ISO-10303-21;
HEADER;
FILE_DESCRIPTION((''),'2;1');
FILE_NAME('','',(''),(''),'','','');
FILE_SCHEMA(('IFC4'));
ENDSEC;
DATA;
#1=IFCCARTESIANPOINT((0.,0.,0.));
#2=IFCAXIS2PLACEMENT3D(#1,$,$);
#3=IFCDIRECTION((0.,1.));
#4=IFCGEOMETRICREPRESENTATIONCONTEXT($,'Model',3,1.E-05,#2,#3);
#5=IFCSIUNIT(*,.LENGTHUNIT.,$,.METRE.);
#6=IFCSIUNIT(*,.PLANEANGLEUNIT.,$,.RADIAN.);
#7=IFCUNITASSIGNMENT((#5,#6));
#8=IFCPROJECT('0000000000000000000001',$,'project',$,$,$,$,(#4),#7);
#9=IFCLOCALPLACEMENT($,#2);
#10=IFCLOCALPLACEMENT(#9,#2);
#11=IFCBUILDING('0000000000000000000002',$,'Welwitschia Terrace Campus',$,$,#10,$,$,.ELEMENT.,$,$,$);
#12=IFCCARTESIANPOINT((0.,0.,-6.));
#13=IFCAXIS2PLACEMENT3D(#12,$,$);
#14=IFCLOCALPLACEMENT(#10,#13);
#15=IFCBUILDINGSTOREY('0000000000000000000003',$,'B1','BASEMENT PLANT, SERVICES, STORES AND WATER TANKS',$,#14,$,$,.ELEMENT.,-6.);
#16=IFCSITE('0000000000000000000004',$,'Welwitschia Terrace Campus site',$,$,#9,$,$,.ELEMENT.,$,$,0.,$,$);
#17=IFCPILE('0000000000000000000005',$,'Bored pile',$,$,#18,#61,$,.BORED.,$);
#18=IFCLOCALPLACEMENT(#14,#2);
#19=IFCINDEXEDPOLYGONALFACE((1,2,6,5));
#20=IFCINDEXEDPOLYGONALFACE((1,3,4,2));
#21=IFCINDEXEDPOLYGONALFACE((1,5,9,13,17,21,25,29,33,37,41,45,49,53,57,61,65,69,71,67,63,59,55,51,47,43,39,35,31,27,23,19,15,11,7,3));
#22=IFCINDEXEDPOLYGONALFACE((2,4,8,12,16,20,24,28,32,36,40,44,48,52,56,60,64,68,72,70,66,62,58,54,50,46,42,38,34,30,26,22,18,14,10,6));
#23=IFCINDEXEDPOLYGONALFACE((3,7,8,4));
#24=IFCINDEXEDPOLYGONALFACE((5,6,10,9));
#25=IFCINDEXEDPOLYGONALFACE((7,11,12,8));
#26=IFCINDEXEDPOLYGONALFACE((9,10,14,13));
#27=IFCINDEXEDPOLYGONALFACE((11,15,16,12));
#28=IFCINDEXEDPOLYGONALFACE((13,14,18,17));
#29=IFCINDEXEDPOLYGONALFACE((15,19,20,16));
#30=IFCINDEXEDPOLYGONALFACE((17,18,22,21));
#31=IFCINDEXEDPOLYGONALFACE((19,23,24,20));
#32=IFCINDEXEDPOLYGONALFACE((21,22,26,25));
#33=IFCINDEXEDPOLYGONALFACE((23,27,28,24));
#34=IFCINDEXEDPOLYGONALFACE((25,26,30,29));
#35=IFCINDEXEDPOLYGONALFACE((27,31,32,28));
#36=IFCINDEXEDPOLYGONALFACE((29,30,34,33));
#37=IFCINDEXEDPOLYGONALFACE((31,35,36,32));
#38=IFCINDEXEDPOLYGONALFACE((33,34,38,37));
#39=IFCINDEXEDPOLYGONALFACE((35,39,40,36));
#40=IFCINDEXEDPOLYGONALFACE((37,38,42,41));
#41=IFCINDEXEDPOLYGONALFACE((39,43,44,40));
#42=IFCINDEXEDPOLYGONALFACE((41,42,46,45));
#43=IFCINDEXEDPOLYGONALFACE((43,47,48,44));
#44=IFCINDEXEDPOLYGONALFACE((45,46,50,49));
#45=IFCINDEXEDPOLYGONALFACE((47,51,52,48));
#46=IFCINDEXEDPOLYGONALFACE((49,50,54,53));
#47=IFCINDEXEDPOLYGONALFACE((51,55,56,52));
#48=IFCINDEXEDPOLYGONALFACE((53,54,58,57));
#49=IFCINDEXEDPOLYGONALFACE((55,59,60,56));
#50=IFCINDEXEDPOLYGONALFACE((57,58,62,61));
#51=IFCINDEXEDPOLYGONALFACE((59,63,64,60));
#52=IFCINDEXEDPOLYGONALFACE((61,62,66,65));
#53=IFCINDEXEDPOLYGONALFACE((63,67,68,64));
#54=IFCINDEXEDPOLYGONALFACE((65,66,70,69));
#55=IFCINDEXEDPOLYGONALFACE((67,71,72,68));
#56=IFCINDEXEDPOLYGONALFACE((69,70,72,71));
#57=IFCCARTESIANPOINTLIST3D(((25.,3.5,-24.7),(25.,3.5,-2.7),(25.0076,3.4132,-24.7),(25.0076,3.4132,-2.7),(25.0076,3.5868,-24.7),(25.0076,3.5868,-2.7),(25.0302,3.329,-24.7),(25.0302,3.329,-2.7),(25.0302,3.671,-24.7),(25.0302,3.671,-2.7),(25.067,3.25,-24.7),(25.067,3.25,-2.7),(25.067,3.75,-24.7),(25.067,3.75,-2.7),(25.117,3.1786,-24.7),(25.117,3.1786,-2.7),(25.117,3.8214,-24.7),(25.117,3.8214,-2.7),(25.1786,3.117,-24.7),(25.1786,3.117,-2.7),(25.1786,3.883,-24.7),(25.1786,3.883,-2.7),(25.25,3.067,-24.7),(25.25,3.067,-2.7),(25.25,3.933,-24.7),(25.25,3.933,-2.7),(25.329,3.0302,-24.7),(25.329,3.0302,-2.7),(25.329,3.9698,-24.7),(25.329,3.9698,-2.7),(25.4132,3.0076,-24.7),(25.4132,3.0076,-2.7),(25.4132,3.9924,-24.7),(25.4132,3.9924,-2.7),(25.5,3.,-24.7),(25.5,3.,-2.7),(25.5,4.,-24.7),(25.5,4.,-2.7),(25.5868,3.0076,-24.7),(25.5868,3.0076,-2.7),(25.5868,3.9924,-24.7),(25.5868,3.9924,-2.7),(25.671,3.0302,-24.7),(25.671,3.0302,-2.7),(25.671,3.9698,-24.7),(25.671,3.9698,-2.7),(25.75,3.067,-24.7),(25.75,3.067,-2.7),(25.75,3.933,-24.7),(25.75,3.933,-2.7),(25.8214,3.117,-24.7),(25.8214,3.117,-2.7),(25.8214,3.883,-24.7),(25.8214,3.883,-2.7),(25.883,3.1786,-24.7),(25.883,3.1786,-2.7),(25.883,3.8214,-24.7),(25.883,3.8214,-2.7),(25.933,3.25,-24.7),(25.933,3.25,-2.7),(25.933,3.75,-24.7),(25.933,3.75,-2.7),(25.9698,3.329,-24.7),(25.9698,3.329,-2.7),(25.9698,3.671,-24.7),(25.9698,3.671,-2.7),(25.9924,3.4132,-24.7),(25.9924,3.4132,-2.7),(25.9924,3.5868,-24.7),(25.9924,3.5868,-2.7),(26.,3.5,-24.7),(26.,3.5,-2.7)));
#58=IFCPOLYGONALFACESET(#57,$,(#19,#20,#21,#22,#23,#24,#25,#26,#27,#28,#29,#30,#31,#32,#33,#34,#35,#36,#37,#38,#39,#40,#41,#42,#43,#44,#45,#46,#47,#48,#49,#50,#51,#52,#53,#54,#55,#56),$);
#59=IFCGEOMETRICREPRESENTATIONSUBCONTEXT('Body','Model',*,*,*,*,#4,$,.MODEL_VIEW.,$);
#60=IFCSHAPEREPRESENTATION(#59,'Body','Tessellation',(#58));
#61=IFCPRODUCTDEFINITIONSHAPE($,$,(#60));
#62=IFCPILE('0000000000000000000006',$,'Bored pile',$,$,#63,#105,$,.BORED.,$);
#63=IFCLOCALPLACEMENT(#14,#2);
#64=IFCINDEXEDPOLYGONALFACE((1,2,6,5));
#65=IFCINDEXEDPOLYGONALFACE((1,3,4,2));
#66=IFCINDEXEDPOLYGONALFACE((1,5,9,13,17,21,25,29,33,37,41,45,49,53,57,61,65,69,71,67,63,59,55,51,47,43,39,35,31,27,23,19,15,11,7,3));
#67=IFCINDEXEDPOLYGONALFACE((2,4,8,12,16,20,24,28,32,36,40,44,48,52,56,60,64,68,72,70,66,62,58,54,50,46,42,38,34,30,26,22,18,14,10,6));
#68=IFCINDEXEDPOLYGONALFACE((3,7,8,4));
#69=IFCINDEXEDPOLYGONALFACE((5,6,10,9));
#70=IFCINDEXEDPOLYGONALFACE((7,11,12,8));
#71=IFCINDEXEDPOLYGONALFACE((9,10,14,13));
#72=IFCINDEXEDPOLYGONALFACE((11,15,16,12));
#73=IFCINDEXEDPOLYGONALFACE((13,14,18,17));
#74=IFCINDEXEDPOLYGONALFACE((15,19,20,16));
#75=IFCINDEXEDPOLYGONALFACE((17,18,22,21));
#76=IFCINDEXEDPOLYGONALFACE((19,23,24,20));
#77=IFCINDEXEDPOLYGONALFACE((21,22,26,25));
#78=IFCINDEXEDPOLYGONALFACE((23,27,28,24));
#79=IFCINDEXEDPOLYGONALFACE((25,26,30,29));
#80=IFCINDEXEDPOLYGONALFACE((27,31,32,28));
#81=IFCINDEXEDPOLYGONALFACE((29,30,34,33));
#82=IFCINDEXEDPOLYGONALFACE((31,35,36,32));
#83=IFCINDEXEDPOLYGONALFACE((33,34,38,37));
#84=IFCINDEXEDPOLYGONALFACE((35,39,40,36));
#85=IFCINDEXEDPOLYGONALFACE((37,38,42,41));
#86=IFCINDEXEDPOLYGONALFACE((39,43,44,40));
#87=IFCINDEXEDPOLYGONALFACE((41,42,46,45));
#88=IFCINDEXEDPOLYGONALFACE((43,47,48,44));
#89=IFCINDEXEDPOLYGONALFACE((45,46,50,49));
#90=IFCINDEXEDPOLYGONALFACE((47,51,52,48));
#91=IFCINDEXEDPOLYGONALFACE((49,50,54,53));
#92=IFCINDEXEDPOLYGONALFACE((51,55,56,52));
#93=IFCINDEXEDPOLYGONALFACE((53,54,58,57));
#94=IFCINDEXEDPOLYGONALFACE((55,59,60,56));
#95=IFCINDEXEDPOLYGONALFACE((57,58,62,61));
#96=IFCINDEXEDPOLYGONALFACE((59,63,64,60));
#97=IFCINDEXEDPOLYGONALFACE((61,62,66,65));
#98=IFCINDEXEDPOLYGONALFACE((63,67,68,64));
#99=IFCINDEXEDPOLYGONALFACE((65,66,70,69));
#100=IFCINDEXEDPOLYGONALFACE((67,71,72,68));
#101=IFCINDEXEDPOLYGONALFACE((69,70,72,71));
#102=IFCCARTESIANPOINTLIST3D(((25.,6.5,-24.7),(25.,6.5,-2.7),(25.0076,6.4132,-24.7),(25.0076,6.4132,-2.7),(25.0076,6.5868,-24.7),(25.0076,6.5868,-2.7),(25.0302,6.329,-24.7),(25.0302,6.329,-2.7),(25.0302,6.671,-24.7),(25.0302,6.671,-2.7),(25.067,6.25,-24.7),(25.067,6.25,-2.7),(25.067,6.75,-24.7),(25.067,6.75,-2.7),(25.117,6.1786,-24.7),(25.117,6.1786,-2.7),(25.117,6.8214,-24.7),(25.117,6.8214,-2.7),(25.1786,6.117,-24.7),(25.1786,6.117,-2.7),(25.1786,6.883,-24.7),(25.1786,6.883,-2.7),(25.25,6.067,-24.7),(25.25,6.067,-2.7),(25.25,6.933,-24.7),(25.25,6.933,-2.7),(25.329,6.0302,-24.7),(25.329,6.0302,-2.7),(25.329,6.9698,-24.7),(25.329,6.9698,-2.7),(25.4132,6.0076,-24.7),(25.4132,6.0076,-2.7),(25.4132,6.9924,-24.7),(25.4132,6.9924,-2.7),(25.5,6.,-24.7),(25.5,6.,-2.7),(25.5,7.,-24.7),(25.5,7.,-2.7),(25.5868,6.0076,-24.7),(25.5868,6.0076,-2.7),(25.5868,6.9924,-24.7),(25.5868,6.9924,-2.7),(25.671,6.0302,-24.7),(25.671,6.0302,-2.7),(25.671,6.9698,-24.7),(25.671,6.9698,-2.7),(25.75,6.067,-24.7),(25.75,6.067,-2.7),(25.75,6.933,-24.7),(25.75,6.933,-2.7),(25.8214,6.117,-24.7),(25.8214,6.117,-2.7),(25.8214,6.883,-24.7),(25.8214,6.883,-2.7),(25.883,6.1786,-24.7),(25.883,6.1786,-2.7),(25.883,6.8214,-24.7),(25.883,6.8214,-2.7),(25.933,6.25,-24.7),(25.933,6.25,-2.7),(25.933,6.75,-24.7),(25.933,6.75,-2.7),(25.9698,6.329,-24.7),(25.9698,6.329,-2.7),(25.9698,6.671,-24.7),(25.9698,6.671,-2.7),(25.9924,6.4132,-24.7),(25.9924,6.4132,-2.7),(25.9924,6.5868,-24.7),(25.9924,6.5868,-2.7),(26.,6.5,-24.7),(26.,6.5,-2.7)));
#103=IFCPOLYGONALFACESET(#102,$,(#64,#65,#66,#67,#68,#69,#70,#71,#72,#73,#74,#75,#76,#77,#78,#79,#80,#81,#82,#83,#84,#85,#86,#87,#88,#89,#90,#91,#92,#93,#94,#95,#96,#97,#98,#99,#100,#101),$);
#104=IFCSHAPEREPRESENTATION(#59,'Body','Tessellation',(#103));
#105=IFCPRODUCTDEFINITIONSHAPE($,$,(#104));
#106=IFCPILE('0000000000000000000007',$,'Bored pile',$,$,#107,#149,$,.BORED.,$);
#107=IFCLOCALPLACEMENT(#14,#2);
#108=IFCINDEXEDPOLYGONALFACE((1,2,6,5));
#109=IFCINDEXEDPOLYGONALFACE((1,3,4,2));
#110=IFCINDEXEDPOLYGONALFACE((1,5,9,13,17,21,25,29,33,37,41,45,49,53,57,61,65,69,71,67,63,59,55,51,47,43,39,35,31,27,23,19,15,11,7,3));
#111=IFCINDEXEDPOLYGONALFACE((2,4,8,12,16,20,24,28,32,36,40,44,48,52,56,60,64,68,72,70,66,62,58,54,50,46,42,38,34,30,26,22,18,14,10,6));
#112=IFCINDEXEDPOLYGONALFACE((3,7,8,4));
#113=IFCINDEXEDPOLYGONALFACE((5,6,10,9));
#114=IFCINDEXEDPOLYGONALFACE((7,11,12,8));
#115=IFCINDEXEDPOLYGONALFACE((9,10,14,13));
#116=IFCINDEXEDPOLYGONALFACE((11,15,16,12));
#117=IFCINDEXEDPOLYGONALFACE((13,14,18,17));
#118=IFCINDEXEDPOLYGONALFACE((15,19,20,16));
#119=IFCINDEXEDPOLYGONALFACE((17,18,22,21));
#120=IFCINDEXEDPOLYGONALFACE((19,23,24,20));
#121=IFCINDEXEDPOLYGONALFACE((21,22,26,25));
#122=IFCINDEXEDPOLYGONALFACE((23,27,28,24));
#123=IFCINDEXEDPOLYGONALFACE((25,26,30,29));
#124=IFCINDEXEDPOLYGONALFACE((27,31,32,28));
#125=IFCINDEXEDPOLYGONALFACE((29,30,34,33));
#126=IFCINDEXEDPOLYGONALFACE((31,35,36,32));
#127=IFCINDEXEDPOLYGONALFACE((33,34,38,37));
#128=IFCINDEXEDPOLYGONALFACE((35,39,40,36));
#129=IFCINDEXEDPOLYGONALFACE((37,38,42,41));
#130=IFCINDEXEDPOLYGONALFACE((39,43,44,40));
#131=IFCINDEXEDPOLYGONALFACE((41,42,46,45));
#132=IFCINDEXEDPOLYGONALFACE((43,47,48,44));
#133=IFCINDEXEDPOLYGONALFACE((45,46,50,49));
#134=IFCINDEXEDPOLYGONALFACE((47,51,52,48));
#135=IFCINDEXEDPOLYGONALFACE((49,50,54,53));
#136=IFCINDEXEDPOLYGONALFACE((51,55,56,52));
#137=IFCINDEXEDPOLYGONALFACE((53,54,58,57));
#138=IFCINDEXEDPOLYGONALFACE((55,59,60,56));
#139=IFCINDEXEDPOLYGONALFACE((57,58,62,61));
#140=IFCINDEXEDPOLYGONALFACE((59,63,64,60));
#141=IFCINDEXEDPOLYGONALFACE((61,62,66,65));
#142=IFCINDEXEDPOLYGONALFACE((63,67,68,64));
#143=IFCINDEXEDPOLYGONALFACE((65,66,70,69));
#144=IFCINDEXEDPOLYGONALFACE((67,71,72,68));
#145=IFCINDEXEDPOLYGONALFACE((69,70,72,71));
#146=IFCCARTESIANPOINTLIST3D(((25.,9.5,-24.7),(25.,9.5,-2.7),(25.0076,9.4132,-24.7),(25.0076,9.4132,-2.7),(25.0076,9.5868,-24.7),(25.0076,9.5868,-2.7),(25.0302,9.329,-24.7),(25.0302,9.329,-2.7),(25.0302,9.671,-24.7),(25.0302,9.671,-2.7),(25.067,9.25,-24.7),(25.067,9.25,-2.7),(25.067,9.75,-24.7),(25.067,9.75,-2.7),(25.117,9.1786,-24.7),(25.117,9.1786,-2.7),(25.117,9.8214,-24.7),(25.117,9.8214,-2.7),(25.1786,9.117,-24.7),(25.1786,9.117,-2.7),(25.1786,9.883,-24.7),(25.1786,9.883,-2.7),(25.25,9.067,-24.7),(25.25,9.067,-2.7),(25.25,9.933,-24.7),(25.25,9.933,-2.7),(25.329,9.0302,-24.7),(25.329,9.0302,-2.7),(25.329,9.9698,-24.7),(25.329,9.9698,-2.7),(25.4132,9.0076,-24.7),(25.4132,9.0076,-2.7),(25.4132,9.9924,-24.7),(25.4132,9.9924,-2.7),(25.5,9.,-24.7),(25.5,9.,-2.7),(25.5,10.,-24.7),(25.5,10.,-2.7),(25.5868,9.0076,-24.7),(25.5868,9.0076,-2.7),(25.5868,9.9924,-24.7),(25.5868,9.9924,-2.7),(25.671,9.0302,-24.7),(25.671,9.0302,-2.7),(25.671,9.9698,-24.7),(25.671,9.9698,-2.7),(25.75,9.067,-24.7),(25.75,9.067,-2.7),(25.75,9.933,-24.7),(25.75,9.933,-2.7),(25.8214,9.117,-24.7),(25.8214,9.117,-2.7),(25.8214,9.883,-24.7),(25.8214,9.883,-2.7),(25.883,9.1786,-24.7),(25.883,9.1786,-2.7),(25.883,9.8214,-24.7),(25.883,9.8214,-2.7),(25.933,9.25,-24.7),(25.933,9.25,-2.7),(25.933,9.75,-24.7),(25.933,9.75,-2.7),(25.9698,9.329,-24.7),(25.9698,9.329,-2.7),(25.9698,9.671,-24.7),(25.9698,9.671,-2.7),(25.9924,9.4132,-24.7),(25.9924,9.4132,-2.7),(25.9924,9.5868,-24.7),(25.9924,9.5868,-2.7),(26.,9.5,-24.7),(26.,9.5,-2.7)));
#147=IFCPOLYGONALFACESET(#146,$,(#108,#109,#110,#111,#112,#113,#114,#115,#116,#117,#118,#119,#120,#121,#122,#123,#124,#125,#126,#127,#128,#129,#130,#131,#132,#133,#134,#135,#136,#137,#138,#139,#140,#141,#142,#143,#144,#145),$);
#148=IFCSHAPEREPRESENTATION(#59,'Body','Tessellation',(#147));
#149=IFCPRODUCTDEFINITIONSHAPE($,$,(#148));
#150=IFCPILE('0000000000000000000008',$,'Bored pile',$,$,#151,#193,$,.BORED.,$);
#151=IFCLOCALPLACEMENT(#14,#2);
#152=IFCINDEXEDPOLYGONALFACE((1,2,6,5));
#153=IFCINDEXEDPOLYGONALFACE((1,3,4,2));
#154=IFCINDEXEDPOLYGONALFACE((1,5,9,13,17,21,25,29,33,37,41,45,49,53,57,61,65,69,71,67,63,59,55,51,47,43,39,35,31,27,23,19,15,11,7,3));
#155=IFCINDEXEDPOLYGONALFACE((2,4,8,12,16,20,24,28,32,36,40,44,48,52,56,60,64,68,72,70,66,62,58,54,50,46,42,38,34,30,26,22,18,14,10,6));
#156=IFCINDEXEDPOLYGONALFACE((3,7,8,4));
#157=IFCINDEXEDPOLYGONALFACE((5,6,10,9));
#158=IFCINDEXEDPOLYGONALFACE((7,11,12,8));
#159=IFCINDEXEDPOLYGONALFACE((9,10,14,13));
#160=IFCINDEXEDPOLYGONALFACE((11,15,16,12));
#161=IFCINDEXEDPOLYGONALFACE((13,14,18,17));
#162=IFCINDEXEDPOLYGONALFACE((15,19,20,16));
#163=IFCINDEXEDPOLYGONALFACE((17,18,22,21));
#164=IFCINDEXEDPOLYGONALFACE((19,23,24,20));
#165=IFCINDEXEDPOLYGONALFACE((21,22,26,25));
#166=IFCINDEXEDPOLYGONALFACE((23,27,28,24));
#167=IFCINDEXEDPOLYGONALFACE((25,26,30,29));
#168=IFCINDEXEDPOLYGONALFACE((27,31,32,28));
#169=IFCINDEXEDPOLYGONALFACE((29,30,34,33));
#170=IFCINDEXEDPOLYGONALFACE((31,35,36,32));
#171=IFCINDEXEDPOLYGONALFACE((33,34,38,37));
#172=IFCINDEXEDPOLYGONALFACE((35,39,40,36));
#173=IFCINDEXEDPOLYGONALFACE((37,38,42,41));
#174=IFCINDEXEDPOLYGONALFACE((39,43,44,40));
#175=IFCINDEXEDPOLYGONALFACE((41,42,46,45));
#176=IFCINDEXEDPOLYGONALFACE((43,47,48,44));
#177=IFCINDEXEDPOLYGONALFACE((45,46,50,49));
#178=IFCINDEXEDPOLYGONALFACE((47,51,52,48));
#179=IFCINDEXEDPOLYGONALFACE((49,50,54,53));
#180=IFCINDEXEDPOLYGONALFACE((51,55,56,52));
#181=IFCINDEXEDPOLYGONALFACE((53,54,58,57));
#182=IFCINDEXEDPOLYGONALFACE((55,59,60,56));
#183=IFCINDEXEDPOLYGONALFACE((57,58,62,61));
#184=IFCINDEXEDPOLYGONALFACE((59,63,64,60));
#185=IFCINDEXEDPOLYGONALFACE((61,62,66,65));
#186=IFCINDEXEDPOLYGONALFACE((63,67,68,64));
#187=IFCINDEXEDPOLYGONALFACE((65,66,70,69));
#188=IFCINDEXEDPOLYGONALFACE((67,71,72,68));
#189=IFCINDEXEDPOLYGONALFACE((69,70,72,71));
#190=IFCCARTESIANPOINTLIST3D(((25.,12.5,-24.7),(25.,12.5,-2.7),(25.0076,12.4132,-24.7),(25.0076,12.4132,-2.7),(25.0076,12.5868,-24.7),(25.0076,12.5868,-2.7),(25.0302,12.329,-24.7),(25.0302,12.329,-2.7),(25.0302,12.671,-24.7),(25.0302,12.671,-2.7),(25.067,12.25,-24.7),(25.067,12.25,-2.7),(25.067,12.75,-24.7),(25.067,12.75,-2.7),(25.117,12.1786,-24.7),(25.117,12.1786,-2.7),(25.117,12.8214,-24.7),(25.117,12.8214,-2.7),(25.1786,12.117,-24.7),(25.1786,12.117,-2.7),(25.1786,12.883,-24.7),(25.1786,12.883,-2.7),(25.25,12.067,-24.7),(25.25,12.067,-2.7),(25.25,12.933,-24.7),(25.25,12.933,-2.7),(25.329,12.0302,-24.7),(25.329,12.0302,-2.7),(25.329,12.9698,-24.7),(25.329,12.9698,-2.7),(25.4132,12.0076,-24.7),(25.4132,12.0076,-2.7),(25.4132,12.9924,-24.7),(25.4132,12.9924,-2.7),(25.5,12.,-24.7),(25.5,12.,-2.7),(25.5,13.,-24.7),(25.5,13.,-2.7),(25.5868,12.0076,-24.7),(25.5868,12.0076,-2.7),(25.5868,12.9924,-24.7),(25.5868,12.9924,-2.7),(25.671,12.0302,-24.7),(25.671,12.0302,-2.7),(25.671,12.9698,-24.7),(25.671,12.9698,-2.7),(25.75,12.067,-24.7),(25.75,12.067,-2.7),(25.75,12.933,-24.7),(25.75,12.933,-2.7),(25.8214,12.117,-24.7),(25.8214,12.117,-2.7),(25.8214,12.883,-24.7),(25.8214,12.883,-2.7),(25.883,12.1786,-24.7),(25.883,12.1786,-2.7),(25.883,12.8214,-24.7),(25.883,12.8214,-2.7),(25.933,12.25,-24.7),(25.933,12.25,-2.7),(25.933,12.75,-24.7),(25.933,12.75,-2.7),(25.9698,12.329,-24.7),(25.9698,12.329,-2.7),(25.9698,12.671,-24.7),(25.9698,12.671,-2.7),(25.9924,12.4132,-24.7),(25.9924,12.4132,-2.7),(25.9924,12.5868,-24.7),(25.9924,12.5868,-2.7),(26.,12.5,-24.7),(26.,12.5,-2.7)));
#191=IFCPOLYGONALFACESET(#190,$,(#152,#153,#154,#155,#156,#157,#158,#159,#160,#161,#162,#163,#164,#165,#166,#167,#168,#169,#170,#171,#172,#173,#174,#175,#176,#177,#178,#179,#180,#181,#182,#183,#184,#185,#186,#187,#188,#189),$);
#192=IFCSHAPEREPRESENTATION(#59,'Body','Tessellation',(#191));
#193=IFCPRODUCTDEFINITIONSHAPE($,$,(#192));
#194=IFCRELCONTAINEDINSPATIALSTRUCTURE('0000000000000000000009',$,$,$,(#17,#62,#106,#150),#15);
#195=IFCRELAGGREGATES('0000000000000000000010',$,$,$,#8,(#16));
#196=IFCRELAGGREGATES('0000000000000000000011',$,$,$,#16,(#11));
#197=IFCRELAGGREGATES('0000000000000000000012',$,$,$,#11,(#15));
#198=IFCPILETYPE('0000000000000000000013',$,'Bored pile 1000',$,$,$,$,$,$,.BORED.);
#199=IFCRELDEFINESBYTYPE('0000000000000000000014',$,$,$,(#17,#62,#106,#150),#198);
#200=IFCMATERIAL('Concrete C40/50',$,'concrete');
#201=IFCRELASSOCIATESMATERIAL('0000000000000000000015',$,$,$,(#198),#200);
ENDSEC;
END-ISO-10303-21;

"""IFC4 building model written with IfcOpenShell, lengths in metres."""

from ifc_helpers import new_model, si_unit, direction, frame, origin, origin_2d, place, context, subcontext, project, spatial, circle, extrude, material, type_object, element, save


model = new_model("IFC4")

# Units and contexts
model_context = context("Model", 3, precision=1e-05, world=origin(), true_north=direction((0.0, 1.0)))
body_context = subcontext(model_context, "Body", "Model", "MODEL_VIEW")
ifc_project = project(units=[si_unit("LENGTHUNIT", "METRE"), si_unit("PLANEANGLEUNIT", "RADIAN")], contexts=[model_context])

# Site, building, storey
site_placement = place(None, origin())
site = spatial("IfcSite", under=ifc_project, at=site_placement, Name="Welwitschia Terrace Campus site", CompositionType="ELEMENT", RefElevation=0.0)
building_placement = place(site_placement, origin())
building = spatial("IfcBuilding", under=site, at=building_placement, Name="Welwitschia Terrace Campus", CompositionType="ELEMENT")
storey_placement = place(building_placement, frame((0.0, 0.0, -6.0)))
storey = spatial("IfcBuildingStorey", under=building, at=storey_placement, Name="B1", Description="BASEMENT PLANT, SERVICES, STORES AND WATER TANKS", CompositionType="ELEMENT", Elevation=-6.0)

# Piles
ifc_material_1 = material(Name="Concrete C40/50", Category="concrete")
pile_type_1 = type_object("IfcPileType", Name="Bored pile 1000", PredefinedType="BORED", material=ifc_material_1)
for number, where, z_axis, x_axis, name in (
    (1, (25.5, 3.5, -2.7), (0.0, 0.0, -1.0), (1.0, 0.0, 0.0), "Bored pile"),
    (2, (25.5, 6.5, -2.7), (0.0, 0.0, -1.0), (1.0, 0.0, 0.0), "Bored pile"),
    (3, (25.5, 9.5, -2.7), (0.0, 0.0, -1.0), (1.0, 0.0, 0.0), "Bored pile"),
    (4, (25.5, 12.5, -2.7), (0.0, 0.0, -1.0), (1.0, 0.0, 0.0), "Bored pile"),
):
    element("IfcPile", number, at=place(storey_placement, frame(where, z_axis=z_axis, x_axis=x_axis)), inside=storey, type_object=pile_type_1, Name=name, PredefinedType="BORED", context=body_context, shape_type="SweptSolid", body=[
        extrude(circle(Radius=0.5, at=origin_2d()), origin(), (0.0, 0.0, 1.0), 22.0),
    ])

save(model, "model.ifc")
